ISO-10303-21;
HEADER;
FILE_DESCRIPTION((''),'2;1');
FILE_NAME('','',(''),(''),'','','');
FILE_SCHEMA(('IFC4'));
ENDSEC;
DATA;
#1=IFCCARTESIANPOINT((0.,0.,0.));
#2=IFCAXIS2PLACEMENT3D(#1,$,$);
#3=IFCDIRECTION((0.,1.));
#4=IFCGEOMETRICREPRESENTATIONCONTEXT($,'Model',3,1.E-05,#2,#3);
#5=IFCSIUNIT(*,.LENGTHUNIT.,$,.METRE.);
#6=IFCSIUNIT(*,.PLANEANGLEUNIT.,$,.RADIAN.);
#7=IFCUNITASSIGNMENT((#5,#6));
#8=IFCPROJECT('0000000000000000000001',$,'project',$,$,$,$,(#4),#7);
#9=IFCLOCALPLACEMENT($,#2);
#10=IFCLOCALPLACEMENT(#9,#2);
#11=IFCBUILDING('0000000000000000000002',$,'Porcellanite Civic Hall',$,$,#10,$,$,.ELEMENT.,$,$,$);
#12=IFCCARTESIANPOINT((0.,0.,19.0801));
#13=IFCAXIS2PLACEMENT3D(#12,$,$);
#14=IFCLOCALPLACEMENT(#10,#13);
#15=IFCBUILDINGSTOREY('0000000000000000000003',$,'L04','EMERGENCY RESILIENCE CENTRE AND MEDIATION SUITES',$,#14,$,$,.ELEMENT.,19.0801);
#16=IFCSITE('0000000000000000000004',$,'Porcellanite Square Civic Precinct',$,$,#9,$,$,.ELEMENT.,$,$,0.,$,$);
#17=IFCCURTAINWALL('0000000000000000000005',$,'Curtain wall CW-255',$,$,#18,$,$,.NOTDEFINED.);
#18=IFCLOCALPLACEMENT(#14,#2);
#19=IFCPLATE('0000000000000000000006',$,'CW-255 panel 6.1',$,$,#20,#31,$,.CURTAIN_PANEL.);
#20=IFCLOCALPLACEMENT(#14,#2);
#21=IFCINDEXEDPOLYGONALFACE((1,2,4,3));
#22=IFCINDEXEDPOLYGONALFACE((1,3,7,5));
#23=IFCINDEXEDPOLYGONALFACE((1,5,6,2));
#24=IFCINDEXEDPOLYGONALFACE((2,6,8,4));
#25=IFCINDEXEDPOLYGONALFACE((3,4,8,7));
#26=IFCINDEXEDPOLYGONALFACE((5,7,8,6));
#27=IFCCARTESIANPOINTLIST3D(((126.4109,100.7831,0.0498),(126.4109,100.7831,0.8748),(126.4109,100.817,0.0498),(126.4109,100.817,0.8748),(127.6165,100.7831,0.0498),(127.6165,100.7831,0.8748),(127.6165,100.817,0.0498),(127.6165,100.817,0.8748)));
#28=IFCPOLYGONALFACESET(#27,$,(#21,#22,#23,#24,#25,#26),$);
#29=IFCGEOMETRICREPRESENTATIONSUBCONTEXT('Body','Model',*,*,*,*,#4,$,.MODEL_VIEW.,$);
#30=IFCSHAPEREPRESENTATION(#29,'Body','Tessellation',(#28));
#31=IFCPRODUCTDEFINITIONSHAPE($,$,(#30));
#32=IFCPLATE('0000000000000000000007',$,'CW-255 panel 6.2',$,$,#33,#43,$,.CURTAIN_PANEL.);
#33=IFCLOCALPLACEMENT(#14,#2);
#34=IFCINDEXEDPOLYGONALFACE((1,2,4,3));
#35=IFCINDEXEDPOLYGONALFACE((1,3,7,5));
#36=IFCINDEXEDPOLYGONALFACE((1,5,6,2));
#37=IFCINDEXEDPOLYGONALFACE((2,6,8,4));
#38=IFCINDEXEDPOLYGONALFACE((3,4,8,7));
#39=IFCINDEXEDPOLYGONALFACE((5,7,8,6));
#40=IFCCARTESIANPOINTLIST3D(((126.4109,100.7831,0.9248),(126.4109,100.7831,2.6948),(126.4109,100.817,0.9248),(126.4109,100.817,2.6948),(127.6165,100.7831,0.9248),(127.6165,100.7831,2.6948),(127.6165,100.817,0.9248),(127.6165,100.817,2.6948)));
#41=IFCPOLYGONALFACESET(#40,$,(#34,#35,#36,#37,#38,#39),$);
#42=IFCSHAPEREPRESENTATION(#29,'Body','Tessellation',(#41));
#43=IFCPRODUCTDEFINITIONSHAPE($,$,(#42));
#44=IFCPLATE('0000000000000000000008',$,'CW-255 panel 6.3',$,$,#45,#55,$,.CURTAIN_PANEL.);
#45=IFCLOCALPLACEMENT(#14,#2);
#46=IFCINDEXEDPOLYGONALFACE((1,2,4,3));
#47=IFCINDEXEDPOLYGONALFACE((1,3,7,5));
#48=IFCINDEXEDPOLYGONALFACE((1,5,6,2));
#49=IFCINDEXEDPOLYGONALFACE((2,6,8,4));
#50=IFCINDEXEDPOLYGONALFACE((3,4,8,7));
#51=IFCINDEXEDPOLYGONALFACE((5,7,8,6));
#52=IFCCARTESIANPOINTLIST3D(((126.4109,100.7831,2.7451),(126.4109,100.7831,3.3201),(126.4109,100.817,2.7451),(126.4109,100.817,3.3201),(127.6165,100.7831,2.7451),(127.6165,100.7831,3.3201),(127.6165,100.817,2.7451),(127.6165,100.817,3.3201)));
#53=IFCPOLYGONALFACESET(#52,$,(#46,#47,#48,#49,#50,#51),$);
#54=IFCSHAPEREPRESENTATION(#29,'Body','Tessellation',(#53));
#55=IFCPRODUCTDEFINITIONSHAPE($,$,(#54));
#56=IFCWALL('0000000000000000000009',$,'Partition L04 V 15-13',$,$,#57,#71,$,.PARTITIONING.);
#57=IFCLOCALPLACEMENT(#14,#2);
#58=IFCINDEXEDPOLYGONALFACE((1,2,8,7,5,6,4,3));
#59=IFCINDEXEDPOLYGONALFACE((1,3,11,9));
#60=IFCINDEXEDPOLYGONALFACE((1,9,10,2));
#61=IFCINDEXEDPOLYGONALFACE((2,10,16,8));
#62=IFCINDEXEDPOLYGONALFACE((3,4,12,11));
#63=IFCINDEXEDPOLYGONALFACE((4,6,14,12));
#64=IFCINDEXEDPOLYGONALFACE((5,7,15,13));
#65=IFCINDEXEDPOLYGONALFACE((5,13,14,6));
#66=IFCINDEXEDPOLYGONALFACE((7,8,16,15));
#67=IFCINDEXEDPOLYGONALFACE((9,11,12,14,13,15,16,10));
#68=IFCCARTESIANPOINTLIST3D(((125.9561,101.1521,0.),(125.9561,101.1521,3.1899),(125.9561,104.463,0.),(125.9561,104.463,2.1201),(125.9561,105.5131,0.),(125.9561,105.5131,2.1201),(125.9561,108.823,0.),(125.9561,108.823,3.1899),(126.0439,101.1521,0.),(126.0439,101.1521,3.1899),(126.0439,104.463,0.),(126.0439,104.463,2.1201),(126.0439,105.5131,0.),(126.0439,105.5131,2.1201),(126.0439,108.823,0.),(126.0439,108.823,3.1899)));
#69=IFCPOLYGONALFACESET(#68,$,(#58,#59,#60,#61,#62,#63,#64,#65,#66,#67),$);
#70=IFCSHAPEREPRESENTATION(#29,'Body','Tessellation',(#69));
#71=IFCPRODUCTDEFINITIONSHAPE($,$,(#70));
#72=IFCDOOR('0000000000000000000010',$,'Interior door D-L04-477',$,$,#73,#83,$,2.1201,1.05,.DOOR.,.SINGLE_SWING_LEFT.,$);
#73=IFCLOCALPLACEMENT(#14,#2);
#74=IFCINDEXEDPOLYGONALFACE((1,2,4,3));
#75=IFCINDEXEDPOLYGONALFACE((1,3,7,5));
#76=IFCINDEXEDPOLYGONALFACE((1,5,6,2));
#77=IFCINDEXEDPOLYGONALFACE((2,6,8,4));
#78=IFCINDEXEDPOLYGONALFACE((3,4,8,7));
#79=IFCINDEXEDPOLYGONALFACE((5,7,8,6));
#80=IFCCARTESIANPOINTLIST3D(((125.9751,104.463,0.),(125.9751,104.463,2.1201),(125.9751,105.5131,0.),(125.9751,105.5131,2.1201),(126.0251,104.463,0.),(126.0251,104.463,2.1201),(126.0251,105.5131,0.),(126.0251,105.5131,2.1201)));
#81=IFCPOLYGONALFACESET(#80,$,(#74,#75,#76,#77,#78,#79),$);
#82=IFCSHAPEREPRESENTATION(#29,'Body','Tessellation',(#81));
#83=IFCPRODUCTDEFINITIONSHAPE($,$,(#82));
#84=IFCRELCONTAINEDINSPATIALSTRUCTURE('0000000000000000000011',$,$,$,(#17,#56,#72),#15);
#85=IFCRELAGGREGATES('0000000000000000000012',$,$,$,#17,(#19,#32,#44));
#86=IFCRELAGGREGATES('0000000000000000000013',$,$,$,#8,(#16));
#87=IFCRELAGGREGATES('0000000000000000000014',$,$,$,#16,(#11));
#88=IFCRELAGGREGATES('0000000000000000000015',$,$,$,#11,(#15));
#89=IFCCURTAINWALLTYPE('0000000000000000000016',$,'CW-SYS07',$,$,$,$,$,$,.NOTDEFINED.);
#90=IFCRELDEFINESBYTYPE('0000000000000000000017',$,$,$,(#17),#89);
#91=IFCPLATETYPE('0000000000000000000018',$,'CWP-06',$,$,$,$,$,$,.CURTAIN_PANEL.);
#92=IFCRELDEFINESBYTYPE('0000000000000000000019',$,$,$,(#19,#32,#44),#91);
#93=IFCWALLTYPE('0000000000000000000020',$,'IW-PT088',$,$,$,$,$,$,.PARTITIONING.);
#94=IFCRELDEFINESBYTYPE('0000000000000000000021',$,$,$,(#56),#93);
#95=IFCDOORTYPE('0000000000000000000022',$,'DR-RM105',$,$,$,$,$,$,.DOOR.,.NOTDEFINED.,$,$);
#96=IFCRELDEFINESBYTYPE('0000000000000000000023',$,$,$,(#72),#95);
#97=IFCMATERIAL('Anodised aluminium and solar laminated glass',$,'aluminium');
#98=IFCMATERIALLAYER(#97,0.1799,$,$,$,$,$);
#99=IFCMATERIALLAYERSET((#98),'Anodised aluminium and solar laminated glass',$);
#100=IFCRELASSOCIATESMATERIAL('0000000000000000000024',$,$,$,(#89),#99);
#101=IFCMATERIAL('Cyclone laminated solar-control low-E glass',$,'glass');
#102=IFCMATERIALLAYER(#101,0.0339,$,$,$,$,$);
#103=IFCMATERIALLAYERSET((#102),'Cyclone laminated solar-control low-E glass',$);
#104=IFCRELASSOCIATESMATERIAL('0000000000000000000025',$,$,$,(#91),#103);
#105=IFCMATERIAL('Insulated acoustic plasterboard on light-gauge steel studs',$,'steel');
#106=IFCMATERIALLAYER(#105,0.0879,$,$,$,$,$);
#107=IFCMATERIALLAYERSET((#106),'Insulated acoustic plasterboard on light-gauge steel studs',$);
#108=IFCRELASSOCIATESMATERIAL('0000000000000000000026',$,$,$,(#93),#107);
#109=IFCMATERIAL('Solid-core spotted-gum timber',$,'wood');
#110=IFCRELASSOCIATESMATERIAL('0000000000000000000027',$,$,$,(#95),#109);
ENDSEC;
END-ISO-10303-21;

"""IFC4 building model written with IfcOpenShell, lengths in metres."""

from ifc_helpers import new_model, si_unit, direction, frame, frame_2d, origin, origin_2d, place, context, subcontext, project, spatial, rectangle, extrude, material, layer, layer_set, type_object, element, fill, aggregate, save


model = new_model("IFC4")

# Units and contexts
model_context = context("Model", 3, precision=1e-05, world=origin(), true_north=direction((0.0, 1.0)))
body_context = subcontext(model_context, "Body", "Model", "MODEL_VIEW")
ifc_project = project(units=[si_unit("LENGTHUNIT", "METRE"), si_unit("PLANEANGLEUNIT", "RADIAN")], contexts=[model_context])

# Site, building, storey
site_placement = place(None, origin())
site = spatial("IfcSite", under=ifc_project, at=site_placement, Name="Porcellanite Square Civic Precinct", CompositionType="ELEMENT", RefElevation=0.0)
building_placement = place(site_placement, origin())
building = spatial("IfcBuilding", under=site, at=building_placement, Name="Porcellanite Civic Hall", CompositionType="ELEMENT")
storey_placement = place(building_placement, frame((0.0, 0.0, 19.0801)))
storey = spatial("IfcBuildingStorey", under=building, at=storey_placement, Name="L04", Description="EMERGENCY RESILIENCE CENTRE AND MEDIATION SUITES", CompositionType="ELEMENT", Elevation=19.0801)

# Curtain wall
ifc_material_1 = material(Name="Anodised aluminium and solar laminated glass", Category="aluminium")
ifc_layer_1 = layer(ifc_material_1, 0.1799)
ifc_layer_set_1 = layer_set([ifc_layer_1], Name="Anodised aluminium and solar laminated glass")
curtain_wall_type = type_object("IfcCurtainWallType", Name="CW-SYS07", PredefinedType="NOTDEFINED", material=ifc_layer_set_1)
curtain_wall_placement = place(storey_placement, origin())
curtain_wall = element("IfcCurtainWall", 1, at=curtain_wall_placement, inside=storey, type_object=curtain_wall_type, Name="Curtain wall CW-255", PredefinedType="NOTDEFINED")

# Plates
ifc_material_2 = material(Name="Cyclone laminated solar-control low-E glass", Category="glass")
ifc_layer_2 = layer(ifc_material_2, 0.0339)
ifc_layer_set_2 = layer_set([ifc_layer_2], Name="Cyclone laminated solar-control low-E glass")
plate_type = type_object("IfcPlateType", Name="CWP-06", PredefinedType="CURTAIN_PANEL", material=ifc_layer_set_2)
plate_1_placement = place(storey_placement, frame((127.0137, 100.8, 0.0498), z_axis=(0.0, 0.0, 1.0), x_axis=(-1.0, 0.0, 0.0)))
plate_1 = element("IfcPlate", 2, at=plate_1_placement, type_object=plate_type, Name="CW-255 panel 6.1", PredefinedType="CURTAIN_PANEL", context=body_context, shape_type="SweptSolid", body=[
    extrude(rectangle(XDim=1.2056, YDim=0.0339, at=origin_2d()), origin(), (0.0, 0.0, 1.0), 0.825),
])
plate_2_placement = place(storey_placement, frame((127.0137, 100.8, 0.9248), z_axis=(0.0, 0.0, 1.0), x_axis=(-1.0, 0.0, 0.0)))
plate_2 = element("IfcPlate", 3, at=plate_2_placement, type_object=plate_type, Name="CW-255 panel 6.2", PredefinedType="CURTAIN_PANEL", context=body_context, shape_type="SweptSolid", body=[
    extrude(rectangle(XDim=1.2056, YDim=0.0339, at=origin_2d()), origin(), (0.0, 0.0, 1.0), 1.77),
])
plate_3_placement = place(storey_placement, frame((127.0137, 100.8, 2.7451), z_axis=(0.0, 0.0, 1.0), x_axis=(-1.0, 0.0, 0.0)))
plate_3 = element("IfcPlate", 4, at=plate_3_placement, type_object=plate_type, Name="CW-255 panel 6.3", PredefinedType="CURTAIN_PANEL", context=body_context, shape_type="SweptSolid", body=[
    extrude(rectangle(XDim=1.2056, YDim=0.0339, at=origin_2d()), origin(), (0.0, 0.0, 1.0), 0.575),
])
aggregate(curtain_wall, [plate_1, plate_2, plate_3])

# Wall, opening, door
ifc_material_3 = material(Name="Insulated acoustic plasterboard on light-gauge steel studs", Category="steel")
ifc_layer_3 = layer(ifc_material_3, 0.0879)
ifc_layer_set_3 = layer_set([ifc_layer_3], Name="Insulated acoustic plasterboard on light-gauge steel studs")
wall_type_1 = type_object("IfcWallType", Name="IW-PT088", PredefinedType="PARTITIONING", material=ifc_layer_set_3)
wall_1_placement = place(storey_placement, frame((126.0, 101.1521, 0.0), z_axis=(0.0, 0.0, 1.0), x_axis=(0.0, 1.0, 0.0)))
wall_1 = element("IfcWall", 5, at=wall_1_placement, inside=storey, type_object=wall_type_1, Name="Partition L04 V 15-13", PredefinedType="PARTITIONING", context=body_context, shape_type="SweptSolid", body=[
    extrude(rectangle(XDim=7.6709, YDim=0.0879, at=frame_2d((3.8354, 0.0))), origin(), (0.0, 0.0, 1.0), 3.1899),
])
opening_1_placement = place(wall_1_placement, frame((3.311, 0.0, 0.0)))
opening_1 = element("IfcOpeningElement", 6, at=opening_1_placement, cuts=wall_1, PredefinedType="OPENING", context=body_context, shape_type="SweptSolid", body=[
    extrude(rectangle(XDim=1.05, YDim=2.1201, at=frame_2d((0.5249, 1.0601))), frame((0.0, 0.0439, 0.0), z_axis=(0.0, -1.0, 0.0), x_axis=(1.0, 0.0, 0.0)), (0.0, 0.0, 1.0), 0.0879),
])
ifc_material_4 = material(Name="Solid-core spotted-gum timber", Category="wood")
door_type_1 = type_object("IfcDoorType", Name="DR-RM105", OperationType="NOTDEFINED", PredefinedType="DOOR", material=ifc_material_4)
door_1_placement = place(opening_1_placement, origin())
door_1 = element("IfcDoor", 7, at=door_1_placement, inside=storey, type_object=door_type_1, Name="Interior door D-L04-477", OperationType="SINGLE_SWING_LEFT", OverallHeight=2.1201, OverallWidth=1.05, PredefinedType="DOOR", context=body_context, shape_type="SweptSolid", body=[
    extrude(rectangle(XDim=1.05, YDim=2.1201, at=frame_2d((0.5249, 1.0601))), frame((0.0, 0.0249, 0.0), z_axis=(0.0, -1.0, 0.0), x_axis=(1.0, 0.0, 0.0)), (0.0, 0.0, 1.0), 0.05),
])
fill(opening_1, door_1)

save(model, "model.ifc")
